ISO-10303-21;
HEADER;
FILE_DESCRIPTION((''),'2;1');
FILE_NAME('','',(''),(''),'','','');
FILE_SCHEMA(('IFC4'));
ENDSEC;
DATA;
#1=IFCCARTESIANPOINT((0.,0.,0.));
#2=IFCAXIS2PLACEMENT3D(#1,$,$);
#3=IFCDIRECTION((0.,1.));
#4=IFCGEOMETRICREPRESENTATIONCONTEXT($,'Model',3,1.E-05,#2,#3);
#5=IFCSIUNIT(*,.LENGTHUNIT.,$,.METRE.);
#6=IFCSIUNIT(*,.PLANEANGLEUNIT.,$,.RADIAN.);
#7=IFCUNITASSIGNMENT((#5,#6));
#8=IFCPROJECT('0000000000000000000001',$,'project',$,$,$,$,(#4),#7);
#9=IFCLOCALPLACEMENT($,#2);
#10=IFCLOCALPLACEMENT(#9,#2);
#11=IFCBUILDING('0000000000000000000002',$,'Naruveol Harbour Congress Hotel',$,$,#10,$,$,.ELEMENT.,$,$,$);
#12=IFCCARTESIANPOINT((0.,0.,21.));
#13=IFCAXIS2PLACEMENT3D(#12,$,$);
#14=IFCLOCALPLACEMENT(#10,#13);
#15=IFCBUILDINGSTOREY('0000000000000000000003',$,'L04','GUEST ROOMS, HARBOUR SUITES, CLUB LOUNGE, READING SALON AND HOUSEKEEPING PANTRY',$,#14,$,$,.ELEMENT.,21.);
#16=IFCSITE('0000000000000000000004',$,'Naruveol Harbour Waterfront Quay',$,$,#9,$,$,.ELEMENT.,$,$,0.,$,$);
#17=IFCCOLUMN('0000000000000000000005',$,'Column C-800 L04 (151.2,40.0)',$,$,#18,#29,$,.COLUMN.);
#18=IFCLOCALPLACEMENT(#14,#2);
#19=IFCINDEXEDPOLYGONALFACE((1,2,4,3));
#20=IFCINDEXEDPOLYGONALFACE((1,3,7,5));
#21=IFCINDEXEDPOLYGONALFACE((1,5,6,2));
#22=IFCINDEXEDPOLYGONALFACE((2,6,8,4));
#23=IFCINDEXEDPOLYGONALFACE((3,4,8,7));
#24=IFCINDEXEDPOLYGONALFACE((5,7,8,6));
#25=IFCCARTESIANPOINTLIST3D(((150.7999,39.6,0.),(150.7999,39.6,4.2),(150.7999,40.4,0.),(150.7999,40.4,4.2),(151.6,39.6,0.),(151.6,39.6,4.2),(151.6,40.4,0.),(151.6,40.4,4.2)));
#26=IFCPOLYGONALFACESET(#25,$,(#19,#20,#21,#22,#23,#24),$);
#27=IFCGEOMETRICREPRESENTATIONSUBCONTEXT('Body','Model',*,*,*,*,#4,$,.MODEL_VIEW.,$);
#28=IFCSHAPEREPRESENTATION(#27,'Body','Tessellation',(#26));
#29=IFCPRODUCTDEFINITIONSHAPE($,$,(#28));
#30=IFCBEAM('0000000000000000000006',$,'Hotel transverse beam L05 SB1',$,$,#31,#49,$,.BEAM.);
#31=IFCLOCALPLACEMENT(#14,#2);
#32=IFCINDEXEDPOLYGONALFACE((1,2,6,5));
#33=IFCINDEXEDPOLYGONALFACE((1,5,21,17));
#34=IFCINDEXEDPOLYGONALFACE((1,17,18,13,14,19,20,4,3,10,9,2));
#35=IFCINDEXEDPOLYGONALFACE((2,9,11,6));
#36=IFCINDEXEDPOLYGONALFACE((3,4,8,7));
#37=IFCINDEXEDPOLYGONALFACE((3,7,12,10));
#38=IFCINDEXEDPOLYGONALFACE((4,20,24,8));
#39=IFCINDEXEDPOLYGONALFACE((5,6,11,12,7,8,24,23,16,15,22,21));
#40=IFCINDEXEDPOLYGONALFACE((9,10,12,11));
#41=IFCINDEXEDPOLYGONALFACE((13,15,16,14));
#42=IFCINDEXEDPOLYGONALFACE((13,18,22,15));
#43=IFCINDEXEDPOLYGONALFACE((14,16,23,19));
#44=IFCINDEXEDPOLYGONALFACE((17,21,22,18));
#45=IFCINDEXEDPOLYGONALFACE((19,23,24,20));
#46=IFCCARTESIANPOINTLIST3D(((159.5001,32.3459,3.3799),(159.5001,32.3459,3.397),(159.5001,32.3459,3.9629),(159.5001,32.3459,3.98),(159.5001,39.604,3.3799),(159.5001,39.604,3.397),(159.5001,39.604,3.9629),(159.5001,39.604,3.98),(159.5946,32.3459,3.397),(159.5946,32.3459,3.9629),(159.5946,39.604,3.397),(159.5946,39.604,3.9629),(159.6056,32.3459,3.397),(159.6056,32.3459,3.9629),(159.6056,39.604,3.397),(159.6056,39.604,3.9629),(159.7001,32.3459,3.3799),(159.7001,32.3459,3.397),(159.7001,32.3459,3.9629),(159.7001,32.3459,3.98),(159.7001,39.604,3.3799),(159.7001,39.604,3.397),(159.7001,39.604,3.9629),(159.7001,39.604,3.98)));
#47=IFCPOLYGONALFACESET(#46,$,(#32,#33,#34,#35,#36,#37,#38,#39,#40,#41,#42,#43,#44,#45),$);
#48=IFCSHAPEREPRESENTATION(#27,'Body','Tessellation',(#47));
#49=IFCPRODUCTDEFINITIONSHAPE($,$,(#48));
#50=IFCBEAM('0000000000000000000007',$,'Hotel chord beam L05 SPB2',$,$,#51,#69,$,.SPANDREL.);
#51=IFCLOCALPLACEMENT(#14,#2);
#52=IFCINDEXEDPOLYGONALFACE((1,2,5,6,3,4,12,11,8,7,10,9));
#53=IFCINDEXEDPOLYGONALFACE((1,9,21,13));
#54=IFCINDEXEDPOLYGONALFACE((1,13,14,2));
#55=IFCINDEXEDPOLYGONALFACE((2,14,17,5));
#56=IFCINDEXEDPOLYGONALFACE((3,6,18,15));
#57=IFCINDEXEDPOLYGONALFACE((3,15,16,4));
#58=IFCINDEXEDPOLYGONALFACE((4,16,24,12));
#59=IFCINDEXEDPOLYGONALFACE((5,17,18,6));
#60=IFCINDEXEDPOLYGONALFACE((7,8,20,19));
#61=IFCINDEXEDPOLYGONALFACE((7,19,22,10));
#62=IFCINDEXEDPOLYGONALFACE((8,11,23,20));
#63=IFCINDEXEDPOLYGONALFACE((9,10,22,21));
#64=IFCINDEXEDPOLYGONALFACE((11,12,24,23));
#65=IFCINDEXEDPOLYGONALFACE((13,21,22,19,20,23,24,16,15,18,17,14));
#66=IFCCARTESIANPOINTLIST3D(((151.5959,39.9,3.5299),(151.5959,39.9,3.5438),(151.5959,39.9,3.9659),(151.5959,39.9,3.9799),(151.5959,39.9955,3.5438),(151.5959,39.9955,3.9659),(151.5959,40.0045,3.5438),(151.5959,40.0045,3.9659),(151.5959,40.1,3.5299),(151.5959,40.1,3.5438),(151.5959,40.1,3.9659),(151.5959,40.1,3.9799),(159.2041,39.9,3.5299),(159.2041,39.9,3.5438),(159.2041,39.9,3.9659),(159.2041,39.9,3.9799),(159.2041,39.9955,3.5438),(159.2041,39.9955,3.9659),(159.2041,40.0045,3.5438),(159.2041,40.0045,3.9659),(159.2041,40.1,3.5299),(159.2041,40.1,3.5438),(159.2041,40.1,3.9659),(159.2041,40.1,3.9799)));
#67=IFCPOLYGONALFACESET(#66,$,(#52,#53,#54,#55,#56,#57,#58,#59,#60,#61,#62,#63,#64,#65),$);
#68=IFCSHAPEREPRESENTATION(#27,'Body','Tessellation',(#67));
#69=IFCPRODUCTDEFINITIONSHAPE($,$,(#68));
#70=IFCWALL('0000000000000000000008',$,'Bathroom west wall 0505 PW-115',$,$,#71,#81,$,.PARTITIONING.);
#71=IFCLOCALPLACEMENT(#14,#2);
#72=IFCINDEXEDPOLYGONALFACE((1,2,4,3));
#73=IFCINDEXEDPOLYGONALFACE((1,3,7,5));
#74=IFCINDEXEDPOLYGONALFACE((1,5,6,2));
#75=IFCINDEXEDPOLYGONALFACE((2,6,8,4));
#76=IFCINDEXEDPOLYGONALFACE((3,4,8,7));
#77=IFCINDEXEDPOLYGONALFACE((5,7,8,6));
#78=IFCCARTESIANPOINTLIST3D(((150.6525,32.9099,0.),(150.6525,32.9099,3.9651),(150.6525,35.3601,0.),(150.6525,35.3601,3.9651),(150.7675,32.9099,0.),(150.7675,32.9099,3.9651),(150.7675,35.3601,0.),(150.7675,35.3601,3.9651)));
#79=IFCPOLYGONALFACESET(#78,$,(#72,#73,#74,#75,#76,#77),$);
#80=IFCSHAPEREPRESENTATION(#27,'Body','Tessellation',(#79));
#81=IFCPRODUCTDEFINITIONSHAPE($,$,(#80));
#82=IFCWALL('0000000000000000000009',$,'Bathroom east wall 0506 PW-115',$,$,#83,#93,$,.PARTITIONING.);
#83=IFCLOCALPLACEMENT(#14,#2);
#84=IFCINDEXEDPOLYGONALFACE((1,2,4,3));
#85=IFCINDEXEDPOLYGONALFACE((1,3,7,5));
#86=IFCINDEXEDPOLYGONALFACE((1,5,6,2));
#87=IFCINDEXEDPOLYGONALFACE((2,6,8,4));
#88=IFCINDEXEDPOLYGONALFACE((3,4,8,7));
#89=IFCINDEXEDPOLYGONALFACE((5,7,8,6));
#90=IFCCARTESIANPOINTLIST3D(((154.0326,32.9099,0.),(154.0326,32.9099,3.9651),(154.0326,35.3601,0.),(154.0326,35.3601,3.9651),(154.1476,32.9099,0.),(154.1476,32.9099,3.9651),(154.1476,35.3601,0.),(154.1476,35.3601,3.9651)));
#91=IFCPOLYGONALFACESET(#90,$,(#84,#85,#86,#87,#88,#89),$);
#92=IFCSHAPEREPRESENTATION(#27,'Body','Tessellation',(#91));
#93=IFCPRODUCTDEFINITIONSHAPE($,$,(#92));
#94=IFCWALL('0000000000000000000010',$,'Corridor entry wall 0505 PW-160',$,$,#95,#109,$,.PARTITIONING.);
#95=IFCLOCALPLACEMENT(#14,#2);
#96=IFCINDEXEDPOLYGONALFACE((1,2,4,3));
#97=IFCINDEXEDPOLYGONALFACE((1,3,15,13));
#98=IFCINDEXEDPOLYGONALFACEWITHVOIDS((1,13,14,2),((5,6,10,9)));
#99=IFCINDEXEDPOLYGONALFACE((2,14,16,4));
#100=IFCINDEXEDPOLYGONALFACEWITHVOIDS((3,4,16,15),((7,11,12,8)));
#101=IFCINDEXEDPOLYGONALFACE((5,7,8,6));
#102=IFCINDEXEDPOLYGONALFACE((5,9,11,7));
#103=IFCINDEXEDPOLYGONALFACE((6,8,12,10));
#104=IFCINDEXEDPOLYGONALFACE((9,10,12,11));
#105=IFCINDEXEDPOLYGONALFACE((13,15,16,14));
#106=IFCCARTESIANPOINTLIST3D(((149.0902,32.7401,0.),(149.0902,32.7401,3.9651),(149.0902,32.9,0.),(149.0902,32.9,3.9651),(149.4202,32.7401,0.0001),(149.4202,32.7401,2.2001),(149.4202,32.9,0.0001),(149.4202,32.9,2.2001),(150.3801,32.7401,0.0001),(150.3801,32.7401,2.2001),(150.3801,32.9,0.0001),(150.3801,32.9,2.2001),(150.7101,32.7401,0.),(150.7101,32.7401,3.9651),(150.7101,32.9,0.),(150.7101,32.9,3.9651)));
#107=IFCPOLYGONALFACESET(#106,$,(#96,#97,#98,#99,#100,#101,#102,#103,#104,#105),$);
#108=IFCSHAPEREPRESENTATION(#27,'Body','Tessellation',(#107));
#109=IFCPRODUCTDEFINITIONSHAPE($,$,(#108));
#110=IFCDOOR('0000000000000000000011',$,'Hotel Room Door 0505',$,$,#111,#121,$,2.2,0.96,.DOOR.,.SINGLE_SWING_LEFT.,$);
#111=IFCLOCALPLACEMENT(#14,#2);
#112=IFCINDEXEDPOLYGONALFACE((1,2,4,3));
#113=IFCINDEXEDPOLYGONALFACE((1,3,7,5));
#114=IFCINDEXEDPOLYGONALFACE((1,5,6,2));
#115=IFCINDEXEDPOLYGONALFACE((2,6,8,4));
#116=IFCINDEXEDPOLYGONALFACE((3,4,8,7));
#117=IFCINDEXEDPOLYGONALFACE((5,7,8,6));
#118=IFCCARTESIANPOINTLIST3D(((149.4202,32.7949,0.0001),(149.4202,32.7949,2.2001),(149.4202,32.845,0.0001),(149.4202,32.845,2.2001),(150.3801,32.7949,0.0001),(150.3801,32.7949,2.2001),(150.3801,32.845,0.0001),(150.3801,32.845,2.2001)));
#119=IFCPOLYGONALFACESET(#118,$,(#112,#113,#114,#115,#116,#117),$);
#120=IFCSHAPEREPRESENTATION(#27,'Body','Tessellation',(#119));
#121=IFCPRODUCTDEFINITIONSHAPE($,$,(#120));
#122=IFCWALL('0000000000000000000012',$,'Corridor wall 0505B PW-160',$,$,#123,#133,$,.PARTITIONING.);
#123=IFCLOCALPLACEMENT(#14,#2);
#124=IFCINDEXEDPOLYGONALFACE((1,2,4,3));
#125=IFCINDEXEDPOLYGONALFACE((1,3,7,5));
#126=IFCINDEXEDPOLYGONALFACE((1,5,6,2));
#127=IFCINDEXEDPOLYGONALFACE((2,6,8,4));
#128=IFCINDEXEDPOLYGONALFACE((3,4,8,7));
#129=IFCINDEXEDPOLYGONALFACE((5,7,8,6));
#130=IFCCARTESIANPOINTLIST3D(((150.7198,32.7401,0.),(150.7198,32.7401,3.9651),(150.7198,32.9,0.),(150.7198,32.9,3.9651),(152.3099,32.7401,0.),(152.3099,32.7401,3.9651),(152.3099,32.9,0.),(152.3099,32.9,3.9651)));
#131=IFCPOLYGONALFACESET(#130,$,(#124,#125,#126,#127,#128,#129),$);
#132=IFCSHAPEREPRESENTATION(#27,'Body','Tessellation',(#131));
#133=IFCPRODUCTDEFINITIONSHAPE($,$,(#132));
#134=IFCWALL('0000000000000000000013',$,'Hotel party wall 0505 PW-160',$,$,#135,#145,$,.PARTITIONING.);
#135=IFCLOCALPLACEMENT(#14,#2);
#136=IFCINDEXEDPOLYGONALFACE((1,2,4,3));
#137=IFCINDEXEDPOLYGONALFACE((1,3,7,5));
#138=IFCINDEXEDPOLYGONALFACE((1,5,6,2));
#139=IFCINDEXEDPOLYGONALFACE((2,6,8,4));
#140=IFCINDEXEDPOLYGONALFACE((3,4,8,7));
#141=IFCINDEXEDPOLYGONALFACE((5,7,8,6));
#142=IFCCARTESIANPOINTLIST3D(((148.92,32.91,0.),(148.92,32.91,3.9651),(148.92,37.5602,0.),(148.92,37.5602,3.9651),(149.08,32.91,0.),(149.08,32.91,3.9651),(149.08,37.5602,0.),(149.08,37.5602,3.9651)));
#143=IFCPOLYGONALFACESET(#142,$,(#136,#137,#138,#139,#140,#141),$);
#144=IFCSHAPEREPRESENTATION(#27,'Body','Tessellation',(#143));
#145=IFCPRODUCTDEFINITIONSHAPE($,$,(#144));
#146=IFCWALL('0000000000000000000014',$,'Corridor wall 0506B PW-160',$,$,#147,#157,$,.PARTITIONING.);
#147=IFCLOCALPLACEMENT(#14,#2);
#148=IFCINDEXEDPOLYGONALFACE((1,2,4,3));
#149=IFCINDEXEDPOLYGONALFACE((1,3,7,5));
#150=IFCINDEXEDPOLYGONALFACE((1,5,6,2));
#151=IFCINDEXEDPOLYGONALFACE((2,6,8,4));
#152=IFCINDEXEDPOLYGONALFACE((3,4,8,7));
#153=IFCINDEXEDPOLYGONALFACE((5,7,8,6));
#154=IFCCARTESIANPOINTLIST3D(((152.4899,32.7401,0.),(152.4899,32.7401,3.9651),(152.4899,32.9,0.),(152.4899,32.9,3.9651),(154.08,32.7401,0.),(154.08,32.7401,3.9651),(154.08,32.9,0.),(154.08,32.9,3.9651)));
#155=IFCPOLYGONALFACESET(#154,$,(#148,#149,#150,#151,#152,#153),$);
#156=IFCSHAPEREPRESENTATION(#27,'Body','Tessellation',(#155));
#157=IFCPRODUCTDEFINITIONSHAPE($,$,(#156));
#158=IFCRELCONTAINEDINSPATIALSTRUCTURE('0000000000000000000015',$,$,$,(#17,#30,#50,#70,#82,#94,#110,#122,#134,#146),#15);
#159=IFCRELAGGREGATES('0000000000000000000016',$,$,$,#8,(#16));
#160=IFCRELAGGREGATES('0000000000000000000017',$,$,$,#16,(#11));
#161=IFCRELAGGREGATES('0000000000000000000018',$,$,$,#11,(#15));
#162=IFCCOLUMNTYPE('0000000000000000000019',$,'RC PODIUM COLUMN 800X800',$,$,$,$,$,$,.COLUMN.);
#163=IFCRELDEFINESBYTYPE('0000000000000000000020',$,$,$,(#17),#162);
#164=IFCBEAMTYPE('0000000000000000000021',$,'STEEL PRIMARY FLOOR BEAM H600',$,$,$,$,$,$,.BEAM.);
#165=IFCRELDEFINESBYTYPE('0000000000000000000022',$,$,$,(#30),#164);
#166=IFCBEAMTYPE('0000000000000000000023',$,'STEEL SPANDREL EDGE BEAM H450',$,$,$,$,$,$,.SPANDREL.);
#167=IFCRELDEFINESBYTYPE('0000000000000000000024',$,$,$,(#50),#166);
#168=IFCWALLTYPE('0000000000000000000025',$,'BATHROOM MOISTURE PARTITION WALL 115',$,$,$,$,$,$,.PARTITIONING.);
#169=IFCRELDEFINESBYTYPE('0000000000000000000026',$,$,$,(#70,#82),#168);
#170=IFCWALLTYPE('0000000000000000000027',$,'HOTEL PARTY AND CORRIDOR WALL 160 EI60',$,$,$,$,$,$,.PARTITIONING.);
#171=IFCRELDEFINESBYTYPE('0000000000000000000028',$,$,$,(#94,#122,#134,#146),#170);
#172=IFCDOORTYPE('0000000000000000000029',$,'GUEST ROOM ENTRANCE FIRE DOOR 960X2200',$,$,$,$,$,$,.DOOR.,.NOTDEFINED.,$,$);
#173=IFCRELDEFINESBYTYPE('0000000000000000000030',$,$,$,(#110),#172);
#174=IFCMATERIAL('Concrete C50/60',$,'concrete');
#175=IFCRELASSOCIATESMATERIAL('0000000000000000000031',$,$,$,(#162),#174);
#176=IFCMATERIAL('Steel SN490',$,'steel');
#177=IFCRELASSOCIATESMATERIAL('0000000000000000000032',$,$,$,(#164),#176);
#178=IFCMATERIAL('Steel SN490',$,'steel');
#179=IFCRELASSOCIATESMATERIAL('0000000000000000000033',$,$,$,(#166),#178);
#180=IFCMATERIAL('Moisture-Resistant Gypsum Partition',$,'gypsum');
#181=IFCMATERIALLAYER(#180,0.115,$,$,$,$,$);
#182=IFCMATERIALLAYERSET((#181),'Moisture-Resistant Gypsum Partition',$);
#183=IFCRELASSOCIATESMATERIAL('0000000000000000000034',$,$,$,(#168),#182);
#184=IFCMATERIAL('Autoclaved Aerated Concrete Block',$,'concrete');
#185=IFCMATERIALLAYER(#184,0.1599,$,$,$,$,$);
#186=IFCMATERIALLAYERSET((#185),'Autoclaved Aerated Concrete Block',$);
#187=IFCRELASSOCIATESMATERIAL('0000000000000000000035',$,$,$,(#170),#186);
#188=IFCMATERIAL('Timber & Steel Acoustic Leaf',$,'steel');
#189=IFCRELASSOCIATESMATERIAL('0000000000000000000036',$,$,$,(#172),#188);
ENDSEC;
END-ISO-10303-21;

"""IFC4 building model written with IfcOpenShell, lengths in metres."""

from ifc_helpers import new_model, si_unit, direction, frame, frame_2d, origin, origin_2d, place, context, subcontext, project, spatial, rectangle, i_section, extrude, material, layer, layer_set, material_profile, profile_set, type_object, element, fill, save


model = new_model("IFC4")

# Units and contexts
model_context = context("Model", 3, precision=1e-05, world=origin(), true_north=direction((0.0, 1.0)))
body_context = subcontext(model_context, "Body", "Model", "MODEL_VIEW")
ifc_project = project(units=[si_unit("LENGTHUNIT", "METRE"), si_unit("PLANEANGLEUNIT", "RADIAN")], contexts=[model_context])

# Site, building, storey
site_placement = place(None, origin())
site = spatial("IfcSite", under=ifc_project, at=site_placement, Name="Naruveol Harbour Waterfront Quay", CompositionType="ELEMENT", RefElevation=0.0)
building_placement = place(site_placement, origin())
building = spatial("IfcBuilding", under=site, at=building_placement, Name="Naruveol Harbour Congress Hotel", CompositionType="ELEMENT")
storey_placement = place(building_placement, frame((0.0, 0.0, 21.0)))
storey = spatial("IfcBuildingStorey", under=building, at=storey_placement, Name="L04", Description="GUEST ROOMS, HARBOUR SUITES, CLUB LOUNGE, READING SALON AND HOUSEKEEPING PANTRY", CompositionType="ELEMENT", Elevation=21.0)

# Column
ifc_material_1 = material(Name="Concrete C50/60", Category="concrete")
ifc_material_profile_1 = material_profile(ifc_material_1, rectangle(XDim=0.8, YDim=0.8, at=origin_2d()), Name="RC-800x800")
ifc_profile_set_1 = profile_set([ifc_material_profile_1], Name="Concrete C50/60")
column_type = type_object("IfcColumnType", Name="RC PODIUM COLUMN 800X800", PredefinedType="COLUMN", material=ifc_profile_set_1)
column_placement = place(storey_placement, frame((151.2, 40.0, 0.0), z_axis=(0.0, 0.0, 1.0), x_axis=(1.0, 0.0, 0.0)))
element("IfcColumn", 1, at=column_placement, inside=storey, type_object=column_type, Name="Column C-800 L04 (151.2,40.0)", PredefinedType="COLUMN", context=body_context, shape_type="SweptSolid", body=[
    extrude(rectangle(XDim=0.8, YDim=0.8, at=origin_2d()), origin(), (0.0, 0.0, 1.0), 4.2),
])

# Beams
ifc_material_2 = material(Name="Steel SN490", Category="steel")
ifc_material_profile_2 = material_profile(ifc_material_2, i_section(OverallWidth=0.2, OverallDepth=0.6001, WebThickness=0.011, FlangeThickness=0.0171, at=origin_2d()), Name="H-600x200x11x17")
ifc_profile_set_2 = profile_set([ifc_material_profile_2], Name="Steel SN490")
beam_type_1 = type_object("IfcBeamType", Name="STEEL PRIMARY FLOOR BEAM H600", PredefinedType="BEAM", material=ifc_profile_set_2)
beam_1_placement = place(storey_placement, frame((159.6001, 32.3459, 3.6799), z_axis=(0.0, 1.0, 0.0), x_axis=(-1.0, 0.0, 0.0)))
element("IfcBeam", 2, at=beam_1_placement, inside=storey, type_object=beam_type_1, Name="Hotel transverse beam L05 SB1", PredefinedType="BEAM", context=body_context, shape_type="SweptSolid", body=[
    extrude(i_section(OverallWidth=0.2, OverallDepth=0.6001, WebThickness=0.011, FlangeThickness=0.0171, at=origin_2d()), origin(), (0.0, 0.0, 1.0), 7.2581),
])
ifc_material_3 = material(Name="Steel SN490", Category="steel")
ifc_material_profile_3 = material_profile(ifc_material_3, i_section(OverallWidth=0.2, OverallDepth=0.45, WebThickness=0.009, FlangeThickness=0.0139, at=origin_2d()), Name="H-450x200x9x14")
ifc_profile_set_3 = profile_set([ifc_material_profile_3], Name="Steel SN490")
beam_type_2 = type_object("IfcBeamType", Name="STEEL SPANDREL EDGE BEAM H450", PredefinedType="SPANDREL", material=ifc_profile_set_3)
beam_2_placement = place(storey_placement, frame((151.5959, 40.0, 3.7549), z_axis=(1.0, 0.0, 0.0), x_axis=(0.0, 1.0, 0.0)))
element("IfcBeam", 3, at=beam_2_placement, inside=storey, type_object=beam_type_2, Name="Hotel chord beam L05 SPB2", PredefinedType="SPANDREL", context=body_context, shape_type="SweptSolid", body=[
    extrude(i_section(OverallWidth=0.2, OverallDepth=0.45, WebThickness=0.009, FlangeThickness=0.0139, at=origin_2d()), origin(), (0.0, 0.0, 1.0), 7.6082),
])

# Wall
ifc_material_4 = material(Name="Moisture-Resistant Gypsum Partition", Category="gypsum")
ifc_layer_1 = layer(ifc_material_4, 0.115)
ifc_layer_set_1 = layer_set([ifc_layer_1], Name="Moisture-Resistant Gypsum Partition")
wall_type_1 = type_object("IfcWallType", Name="BATHROOM MOISTURE PARTITION WALL 115", PredefinedType="PARTITIONING", material=ifc_layer_set_1)
wall_1_placement = place(storey_placement, frame((150.71, 32.9099, 0.0), z_axis=(0.0, 0.0, 1.0), x_axis=(0.0, 1.0, 0.0)))
element("IfcWall", 4, at=wall_1_placement, inside=storey, type_object=wall_type_1, Name="Bathroom west wall 0505 PW-115", PredefinedType="PARTITIONING", context=body_context, shape_type="SweptSolid", body=[
    extrude(rectangle(XDim=2.4502, YDim=0.115, at=frame_2d((1.2251, 0.0))), origin(), (0.0, 0.0, 1.0), 3.9651),
])

# Wall
wall_2_placement = place(storey_placement, frame((154.0901, 32.9099, 0.0), z_axis=(0.0, 0.0, 1.0), x_axis=(0.0, 1.0, 0.0)))
element("IfcWall", 5, at=wall_2_placement, inside=storey, type_object=wall_type_1, Name="Bathroom east wall 0506 PW-115", PredefinedType="PARTITIONING", context=body_context, shape_type="SweptSolid", body=[
    extrude(rectangle(XDim=2.4502, YDim=0.115, at=frame_2d((1.2251, 0.0))), origin(), (0.0, 0.0, 1.0), 3.9651),
])

# Wall, opening, door
ifc_material_5 = material(Name="Autoclaved Aerated Concrete Block", Category="concrete")
ifc_layer_2 = layer(ifc_material_5, 0.1599)
ifc_layer_set_2 = layer_set([ifc_layer_2], Name="Autoclaved Aerated Concrete Block")
wall_type_2 = type_object("IfcWallType", Name="HOTEL PARTY AND CORRIDOR WALL 160 EI60", PredefinedType="PARTITIONING", material=ifc_layer_set_2)
wall_3_placement = place(storey_placement, frame((149.0901, 32.8201, 0.0), z_axis=(0.0, 0.0, 1.0), x_axis=(1.0, 0.0, 0.0)))
wall_3 = element("IfcWall", 6, at=wall_3_placement, inside=storey, type_object=wall_type_2, Name="Corridor entry wall 0505 PW-160", PredefinedType="PARTITIONING", context=body_context, shape_type="SweptSolid", body=[
    extrude(rectangle(XDim=1.6199, YDim=0.1599, at=frame_2d((0.8101, 0.0))), origin(), (0.0, 0.0, 1.0), 3.9651),
])
opening_1_placement = place(wall_3_placement, frame((0.3301, 0.0, 0.0)))
opening_1 = element("IfcOpeningElement", 7, at=opening_1_placement, cuts=wall_3, PredefinedType="OPENING", context=body_context, shape_type="SweptSolid", body=[
    extrude(rectangle(XDim=0.96, YDim=2.2, at=frame_2d((0.48, 1.1001))), frame((0.0, 0.0898, 0.0), z_axis=(0.0, -1.0, 0.0), x_axis=(1.0, 0.0, 0.0)), (0.0, 0.0, 1.0), 0.1799),
])
ifc_material_6 = material(Name="Timber & Steel Acoustic Leaf", Category="steel")
door_type_1 = type_object("IfcDoorType", Name="GUEST ROOM ENTRANCE FIRE DOOR 960X2200", OperationType="NOTDEFINED", PredefinedType="DOOR", material=ifc_material_6)
door_1_placement = place(opening_1_placement, origin())
door_1 = element("IfcDoor", 8, at=door_1_placement, inside=storey, type_object=door_type_1, Name="Hotel Room Door 0505", OperationType="SINGLE_SWING_LEFT", OverallHeight=2.2, OverallWidth=0.96, PredefinedType="DOOR", context=body_context, shape_type="SweptSolid", body=[
    extrude(rectangle(XDim=0.96, YDim=2.2, at=frame_2d((0.48, 1.1001))), frame((0.0, 0.0249, 0.0), z_axis=(0.0, -1.0, 0.0), x_axis=(1.0, 0.0, 0.0)), (0.0, 0.0, 1.0), 0.05),
])
fill(opening_1, door_1)

# Walls
wall_4_placement = place(storey_placement, frame((150.72, 32.8201, 0.0), z_axis=(0.0, 0.0, 1.0), x_axis=(1.0, 0.0, 0.0)))
element("IfcWall", 9, at=wall_4_placement, inside=storey, type_object=wall_type_2, Name="Corridor wall 0505B PW-160", PredefinedType="PARTITIONING", context=body_context, shape_type="SweptSolid", body=[
    extrude(rectangle(XDim=1.5901, YDim=0.1599, at=frame_2d((0.7949, 0.0))), origin(), (0.0, 0.0, 1.0), 3.9651),
])
wall_5_placement = place(storey_placement, frame((149.0, 32.9099, 0.0), z_axis=(0.0, 0.0, 1.0), x_axis=(0.0, 1.0, 0.0)))
element("IfcWall", 10, at=wall_5_placement, inside=storey, type_object=wall_type_2, Name="Hotel party wall 0505 PW-160", PredefinedType="PARTITIONING", context=body_context, shape_type="SweptSolid", body=[
    extrude(rectangle(XDim=4.6501, YDim=0.1599, at=frame_2d((2.3252, 0.0))), origin(), (0.0, 0.0, 1.0), 3.9651),
])
wall_6_placement = place(storey_placement, frame((152.49, 32.8201, 0.0), z_axis=(0.0, 0.0, 1.0), x_axis=(1.0, 0.0, 0.0)))
element("IfcWall", 11, at=wall_6_placement, inside=storey, type_object=wall_type_2, Name="Corridor wall 0506B PW-160", PredefinedType="PARTITIONING", context=body_context, shape_type="SweptSolid", body=[
    extrude(rectangle(XDim=1.5901, YDim=0.1599, at=frame_2d((0.7949, 0.0))), origin(), (0.0, 0.0, 1.0), 3.9651),
])

save(model, "model.ifc")
